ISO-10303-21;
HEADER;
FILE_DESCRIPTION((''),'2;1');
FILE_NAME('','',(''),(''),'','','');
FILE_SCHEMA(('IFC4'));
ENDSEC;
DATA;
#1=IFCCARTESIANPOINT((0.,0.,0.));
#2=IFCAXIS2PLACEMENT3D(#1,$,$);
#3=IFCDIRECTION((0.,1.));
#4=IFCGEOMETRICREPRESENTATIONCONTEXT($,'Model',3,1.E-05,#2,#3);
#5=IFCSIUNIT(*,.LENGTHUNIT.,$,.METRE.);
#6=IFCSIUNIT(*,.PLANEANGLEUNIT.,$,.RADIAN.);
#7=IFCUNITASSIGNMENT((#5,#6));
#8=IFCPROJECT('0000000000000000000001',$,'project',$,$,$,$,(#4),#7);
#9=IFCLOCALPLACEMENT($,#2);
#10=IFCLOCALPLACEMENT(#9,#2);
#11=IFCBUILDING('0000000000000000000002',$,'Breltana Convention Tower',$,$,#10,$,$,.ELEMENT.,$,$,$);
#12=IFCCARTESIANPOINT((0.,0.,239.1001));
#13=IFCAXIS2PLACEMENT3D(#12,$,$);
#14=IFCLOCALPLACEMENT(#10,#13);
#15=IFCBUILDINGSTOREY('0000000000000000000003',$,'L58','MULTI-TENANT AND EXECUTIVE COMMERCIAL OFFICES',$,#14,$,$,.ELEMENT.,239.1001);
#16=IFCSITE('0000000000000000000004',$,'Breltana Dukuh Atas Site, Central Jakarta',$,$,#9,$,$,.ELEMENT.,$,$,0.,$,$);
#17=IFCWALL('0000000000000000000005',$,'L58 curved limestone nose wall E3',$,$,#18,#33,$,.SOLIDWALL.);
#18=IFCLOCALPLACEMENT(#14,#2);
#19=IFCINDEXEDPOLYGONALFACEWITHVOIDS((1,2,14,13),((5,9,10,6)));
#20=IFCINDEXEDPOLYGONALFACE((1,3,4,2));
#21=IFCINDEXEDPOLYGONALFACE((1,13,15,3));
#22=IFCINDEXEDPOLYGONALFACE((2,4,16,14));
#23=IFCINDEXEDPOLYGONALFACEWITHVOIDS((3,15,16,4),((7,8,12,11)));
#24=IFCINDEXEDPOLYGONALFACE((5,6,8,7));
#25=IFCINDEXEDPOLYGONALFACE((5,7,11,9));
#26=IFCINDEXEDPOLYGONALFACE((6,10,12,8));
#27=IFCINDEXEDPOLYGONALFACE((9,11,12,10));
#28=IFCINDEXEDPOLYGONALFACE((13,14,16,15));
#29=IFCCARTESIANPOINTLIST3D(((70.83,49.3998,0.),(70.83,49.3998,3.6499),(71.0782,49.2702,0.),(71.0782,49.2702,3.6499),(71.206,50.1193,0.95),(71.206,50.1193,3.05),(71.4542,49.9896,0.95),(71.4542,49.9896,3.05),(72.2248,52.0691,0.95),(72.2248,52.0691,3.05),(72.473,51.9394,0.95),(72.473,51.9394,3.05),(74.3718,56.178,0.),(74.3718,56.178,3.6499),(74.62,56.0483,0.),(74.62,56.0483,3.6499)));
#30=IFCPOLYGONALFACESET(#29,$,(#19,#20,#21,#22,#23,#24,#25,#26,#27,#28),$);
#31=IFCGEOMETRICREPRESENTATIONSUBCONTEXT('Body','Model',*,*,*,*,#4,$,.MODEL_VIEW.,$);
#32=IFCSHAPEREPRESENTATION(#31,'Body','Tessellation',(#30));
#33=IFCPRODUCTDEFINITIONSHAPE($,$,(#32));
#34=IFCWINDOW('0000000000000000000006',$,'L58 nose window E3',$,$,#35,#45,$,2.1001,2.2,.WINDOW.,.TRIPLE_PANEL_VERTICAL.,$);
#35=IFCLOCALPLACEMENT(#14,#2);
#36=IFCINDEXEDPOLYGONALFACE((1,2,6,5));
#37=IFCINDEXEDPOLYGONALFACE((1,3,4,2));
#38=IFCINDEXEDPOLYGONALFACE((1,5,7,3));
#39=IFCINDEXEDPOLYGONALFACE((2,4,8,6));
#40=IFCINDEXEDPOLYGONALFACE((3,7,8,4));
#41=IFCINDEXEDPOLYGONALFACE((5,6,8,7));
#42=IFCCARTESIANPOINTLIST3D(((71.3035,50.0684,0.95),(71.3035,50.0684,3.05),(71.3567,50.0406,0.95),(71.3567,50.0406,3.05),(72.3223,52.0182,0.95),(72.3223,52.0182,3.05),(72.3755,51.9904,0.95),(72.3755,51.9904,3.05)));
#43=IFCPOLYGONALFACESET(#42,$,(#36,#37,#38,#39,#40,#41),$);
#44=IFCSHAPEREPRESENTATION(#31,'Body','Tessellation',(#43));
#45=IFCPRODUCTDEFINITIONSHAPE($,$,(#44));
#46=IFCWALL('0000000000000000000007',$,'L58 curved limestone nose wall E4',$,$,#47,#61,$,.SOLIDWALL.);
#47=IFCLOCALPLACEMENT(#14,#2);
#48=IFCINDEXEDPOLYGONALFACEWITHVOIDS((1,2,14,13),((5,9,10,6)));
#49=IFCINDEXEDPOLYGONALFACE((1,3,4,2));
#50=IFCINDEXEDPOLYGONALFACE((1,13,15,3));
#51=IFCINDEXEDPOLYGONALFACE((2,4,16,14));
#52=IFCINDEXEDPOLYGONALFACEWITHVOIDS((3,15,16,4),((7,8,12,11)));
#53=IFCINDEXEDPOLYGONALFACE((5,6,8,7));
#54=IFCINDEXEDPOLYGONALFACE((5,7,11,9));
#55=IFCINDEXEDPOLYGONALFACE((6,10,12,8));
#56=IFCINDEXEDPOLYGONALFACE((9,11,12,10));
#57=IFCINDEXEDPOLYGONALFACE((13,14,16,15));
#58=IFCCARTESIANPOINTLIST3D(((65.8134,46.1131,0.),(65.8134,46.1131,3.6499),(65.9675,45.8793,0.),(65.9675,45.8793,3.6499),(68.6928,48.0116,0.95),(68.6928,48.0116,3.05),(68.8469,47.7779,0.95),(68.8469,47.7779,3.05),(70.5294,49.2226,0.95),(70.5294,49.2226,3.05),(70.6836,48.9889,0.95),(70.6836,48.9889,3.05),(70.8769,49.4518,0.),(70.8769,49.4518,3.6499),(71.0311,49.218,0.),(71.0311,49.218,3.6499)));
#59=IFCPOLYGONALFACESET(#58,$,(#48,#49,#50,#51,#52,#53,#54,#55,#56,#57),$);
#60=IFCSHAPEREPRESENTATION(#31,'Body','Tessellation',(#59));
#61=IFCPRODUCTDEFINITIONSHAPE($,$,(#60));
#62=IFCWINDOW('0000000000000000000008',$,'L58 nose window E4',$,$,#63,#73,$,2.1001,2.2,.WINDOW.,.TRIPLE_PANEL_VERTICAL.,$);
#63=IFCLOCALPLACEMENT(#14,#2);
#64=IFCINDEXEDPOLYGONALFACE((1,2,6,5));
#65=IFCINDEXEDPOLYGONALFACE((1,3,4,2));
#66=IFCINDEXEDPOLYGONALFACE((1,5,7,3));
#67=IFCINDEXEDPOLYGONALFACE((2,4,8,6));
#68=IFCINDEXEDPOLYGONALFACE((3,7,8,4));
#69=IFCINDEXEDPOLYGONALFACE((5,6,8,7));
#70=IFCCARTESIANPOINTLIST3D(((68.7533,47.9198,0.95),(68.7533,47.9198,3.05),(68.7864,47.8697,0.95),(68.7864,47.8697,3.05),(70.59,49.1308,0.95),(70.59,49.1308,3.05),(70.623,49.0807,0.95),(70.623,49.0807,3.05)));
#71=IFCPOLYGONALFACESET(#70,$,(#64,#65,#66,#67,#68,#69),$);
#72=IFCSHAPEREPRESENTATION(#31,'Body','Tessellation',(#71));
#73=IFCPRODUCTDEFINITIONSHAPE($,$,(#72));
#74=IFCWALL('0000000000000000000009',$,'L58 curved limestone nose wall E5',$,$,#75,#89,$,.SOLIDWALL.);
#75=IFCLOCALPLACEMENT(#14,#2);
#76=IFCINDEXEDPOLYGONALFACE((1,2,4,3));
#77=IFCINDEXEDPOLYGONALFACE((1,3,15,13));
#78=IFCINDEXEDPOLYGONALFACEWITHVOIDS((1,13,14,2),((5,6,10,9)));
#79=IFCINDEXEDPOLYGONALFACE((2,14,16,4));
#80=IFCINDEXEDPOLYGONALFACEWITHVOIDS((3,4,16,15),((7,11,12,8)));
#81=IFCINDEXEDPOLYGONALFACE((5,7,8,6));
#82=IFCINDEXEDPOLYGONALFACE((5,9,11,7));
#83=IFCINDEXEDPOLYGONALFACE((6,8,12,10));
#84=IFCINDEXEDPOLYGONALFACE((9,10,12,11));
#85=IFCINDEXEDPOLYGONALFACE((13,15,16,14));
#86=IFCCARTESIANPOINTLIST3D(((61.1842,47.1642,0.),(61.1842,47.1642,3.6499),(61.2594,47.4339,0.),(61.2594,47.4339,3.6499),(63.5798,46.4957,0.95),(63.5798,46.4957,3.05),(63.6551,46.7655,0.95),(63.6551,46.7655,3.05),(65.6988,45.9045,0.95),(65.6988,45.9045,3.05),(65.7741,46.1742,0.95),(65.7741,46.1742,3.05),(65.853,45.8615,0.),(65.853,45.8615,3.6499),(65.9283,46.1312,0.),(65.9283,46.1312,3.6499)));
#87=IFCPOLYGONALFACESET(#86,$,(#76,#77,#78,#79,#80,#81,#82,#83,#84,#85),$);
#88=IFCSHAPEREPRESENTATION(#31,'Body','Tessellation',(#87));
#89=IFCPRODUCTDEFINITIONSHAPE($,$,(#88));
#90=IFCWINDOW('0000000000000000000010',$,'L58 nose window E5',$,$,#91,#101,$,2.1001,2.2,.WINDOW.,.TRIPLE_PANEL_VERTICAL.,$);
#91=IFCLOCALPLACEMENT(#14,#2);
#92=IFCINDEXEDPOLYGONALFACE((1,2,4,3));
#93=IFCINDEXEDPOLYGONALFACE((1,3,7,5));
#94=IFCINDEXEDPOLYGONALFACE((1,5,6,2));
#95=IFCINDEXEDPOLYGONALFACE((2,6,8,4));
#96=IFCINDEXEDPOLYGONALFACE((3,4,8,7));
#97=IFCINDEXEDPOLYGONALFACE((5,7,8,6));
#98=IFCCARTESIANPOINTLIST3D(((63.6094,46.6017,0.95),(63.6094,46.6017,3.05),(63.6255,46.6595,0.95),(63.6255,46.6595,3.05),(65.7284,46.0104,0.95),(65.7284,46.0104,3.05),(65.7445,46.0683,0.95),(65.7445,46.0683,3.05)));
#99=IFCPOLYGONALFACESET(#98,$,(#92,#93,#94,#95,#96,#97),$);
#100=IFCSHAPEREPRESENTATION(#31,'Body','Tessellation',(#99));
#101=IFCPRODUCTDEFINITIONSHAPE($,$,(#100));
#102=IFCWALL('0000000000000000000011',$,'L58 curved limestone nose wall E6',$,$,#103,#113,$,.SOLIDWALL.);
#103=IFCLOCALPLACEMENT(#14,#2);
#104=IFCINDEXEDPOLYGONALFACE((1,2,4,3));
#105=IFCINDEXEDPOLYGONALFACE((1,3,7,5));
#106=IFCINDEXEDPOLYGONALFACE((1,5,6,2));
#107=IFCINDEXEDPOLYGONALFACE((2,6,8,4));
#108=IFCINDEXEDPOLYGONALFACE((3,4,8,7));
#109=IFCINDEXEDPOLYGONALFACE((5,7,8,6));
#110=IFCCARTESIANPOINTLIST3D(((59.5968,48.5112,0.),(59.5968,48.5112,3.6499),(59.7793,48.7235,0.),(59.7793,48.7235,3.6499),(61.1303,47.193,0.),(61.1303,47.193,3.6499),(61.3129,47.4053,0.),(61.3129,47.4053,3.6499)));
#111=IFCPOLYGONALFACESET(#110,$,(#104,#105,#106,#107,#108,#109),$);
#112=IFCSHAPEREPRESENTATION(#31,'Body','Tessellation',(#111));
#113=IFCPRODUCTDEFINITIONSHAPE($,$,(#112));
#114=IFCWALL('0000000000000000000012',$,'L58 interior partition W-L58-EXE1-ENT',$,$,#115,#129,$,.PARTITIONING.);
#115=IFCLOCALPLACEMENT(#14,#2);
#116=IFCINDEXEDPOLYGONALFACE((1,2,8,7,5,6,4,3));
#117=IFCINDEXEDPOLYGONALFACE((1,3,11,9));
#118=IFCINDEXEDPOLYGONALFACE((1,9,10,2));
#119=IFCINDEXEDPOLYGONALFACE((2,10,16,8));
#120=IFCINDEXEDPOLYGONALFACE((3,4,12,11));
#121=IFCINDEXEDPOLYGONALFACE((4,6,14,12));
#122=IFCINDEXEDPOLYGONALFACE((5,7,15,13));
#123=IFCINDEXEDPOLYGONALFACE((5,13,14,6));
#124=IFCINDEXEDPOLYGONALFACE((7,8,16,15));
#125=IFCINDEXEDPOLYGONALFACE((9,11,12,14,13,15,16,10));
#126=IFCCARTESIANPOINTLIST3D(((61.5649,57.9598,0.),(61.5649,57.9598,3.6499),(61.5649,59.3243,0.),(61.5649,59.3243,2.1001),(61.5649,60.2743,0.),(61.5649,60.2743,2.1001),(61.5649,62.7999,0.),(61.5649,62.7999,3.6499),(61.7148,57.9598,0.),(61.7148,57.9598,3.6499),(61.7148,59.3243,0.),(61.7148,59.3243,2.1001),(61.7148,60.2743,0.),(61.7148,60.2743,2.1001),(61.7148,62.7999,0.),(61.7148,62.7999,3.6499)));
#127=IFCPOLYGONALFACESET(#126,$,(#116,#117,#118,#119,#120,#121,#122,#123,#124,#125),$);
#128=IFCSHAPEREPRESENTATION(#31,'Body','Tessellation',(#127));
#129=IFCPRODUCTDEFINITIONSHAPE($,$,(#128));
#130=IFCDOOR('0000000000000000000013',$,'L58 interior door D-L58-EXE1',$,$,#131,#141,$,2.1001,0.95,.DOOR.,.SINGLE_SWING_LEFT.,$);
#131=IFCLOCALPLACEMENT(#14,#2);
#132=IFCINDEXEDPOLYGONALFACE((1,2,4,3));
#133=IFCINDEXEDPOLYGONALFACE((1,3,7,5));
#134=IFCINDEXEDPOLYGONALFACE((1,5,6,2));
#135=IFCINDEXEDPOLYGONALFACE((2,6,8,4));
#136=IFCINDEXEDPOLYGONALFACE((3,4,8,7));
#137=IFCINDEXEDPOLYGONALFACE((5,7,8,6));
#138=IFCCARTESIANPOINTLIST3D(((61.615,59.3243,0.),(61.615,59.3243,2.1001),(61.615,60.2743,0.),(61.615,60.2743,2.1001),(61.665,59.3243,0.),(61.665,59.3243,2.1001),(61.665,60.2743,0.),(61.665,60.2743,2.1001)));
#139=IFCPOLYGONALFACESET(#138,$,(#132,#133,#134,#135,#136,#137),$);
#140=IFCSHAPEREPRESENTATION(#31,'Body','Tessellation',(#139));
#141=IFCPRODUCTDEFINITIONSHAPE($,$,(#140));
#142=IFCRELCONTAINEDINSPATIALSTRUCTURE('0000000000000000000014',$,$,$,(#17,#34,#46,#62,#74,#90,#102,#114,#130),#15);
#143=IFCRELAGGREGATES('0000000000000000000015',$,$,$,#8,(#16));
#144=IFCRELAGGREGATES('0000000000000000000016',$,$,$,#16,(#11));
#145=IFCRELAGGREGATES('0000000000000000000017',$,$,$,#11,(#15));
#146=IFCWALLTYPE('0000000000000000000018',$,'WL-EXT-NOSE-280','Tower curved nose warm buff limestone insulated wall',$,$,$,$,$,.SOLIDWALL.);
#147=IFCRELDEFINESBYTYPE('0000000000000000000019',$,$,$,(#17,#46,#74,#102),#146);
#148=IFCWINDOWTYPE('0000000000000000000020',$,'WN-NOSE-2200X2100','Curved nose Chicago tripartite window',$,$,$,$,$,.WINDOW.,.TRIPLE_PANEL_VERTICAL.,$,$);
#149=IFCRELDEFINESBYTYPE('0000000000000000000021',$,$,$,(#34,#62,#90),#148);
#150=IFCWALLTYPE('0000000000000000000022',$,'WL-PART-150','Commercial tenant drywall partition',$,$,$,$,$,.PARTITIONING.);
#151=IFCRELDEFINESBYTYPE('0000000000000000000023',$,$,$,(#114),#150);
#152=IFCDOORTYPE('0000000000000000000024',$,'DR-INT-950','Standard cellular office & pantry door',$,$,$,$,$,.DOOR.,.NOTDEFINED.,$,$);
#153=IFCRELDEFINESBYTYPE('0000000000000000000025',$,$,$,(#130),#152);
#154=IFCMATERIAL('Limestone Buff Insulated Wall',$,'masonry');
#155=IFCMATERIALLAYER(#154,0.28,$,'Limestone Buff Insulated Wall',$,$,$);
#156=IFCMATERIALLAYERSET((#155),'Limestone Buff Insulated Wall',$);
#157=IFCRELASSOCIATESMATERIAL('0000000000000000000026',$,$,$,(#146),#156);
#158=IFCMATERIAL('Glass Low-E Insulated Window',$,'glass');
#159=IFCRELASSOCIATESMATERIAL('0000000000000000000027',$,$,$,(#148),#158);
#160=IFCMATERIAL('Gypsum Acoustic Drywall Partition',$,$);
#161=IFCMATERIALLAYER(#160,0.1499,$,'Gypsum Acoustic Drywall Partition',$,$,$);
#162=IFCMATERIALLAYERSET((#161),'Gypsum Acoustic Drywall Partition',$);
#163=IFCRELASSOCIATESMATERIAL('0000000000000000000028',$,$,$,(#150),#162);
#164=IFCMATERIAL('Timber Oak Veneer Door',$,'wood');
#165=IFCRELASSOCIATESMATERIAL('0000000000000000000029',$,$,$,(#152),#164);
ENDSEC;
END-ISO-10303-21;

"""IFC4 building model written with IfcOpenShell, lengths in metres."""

from ifc_helpers import new_model, si_unit, direction, frame, frame_2d, origin, place, context, subcontext, project, spatial, rectangle, extrude, source, transform, mapped, material, layer, layer_set, type_object, type_shapes, element, fill, save


model = new_model("IFC4")

# Units and contexts
model_context = context("Model", 3, precision=1e-05, world=origin(), true_north=direction((0.0, 1.0)))
body_context = subcontext(model_context, "Body", "Model", "MODEL_VIEW")
ifc_project = project(units=[si_unit("LENGTHUNIT", "METRE"), si_unit("PLANEANGLEUNIT", "RADIAN")], contexts=[model_context])

# Site, building, storey
site_placement = place(None, origin())
site = spatial("IfcSite", under=ifc_project, at=site_placement, Name="Breltana Dukuh Atas Site, Central Jakarta", CompositionType="ELEMENT", RefElevation=0.0)
building_placement = place(site_placement, origin())
building = spatial("IfcBuilding", under=site, at=building_placement, Name="Breltana Convention Tower", CompositionType="ELEMENT")
storey_placement = place(building_placement, frame((0.0, 0.0, 239.1001)))
storey = spatial("IfcBuildingStorey", under=building, at=storey_placement, Name="L58", Description="MULTI-TENANT AND EXECUTIVE COMMERCIAL OFFICES", CompositionType="ELEMENT", Elevation=239.1001)

# Walls, openings, windows
ifc_material_1 = material(Name="Limestone Buff Insulated Wall", Category="masonry")
ifc_layer_1 = layer(ifc_material_1, 0.28, Name="Limestone Buff Insulated Wall")
ifc_layer_set_1 = layer_set([ifc_layer_1], Name="Limestone Buff Insulated Wall")
wall_type_1 = type_object("IfcWallType", Name="WL-EXT-NOSE-280", Description="Tower curved nose warm buff limestone insulated wall", PredefinedType="SOLIDWALL", material=ifc_layer_set_1)
shared_shape_1 = source(origin(), body_context, "Body", "SweptSolid", [
    extrude(rectangle(XDim=7.6477, YDim=0.28, at=frame_2d((3.8237, 0.0))), origin(), (0.0, 0.0, 1.0), 3.6499),
])
wall_1_placement = place(storey_placement, frame((74.4958, 56.113, 0.0), z_axis=(0.0, 0.0, 1.0), x_axis=(-0.463117, -0.886297, 0.0)))
wall_1 = element("IfcWall", 1, at=wall_1_placement, inside=storey, type_object=wall_type_1, Name="L58 curved limestone nose wall E3", PredefinedType="SOLIDWALL", context=body_context, shape_type="MappedRepresentation", body=[
    mapped(shared_shape_1, transform((0.0, 0.0, 0.0), scale=1.0)),
])
opening_1_placement = place(wall_1_placement, frame((4.6357, 0.0, 0.95)))
opening_1 = element("IfcOpeningElement", 2, at=opening_1_placement, cuts=wall_1, PredefinedType="OPENING", context=body_context, shape_type="SweptSolid", body=[
    extrude(rectangle(XDim=2.2, YDim=2.1001, at=frame_2d((1.1001, 1.05))), frame((0.0, 0.1499, 0.0), z_axis=(0.0, -1.0, 0.0), x_axis=(1.0, 0.0, 0.0)), (0.0, 0.0, 1.0), 0.3),
])
ifc_material_2 = material(Name="Glass Low-E Insulated Window", Category="glass")
window_type = type_object("IfcWindowType", Name="WN-NOSE-2200X2100", Description="Curved nose Chicago tripartite window", PartitioningType="TRIPLE_PANEL_VERTICAL", PredefinedType="WINDOW", material=ifc_material_2)
shared_shape_2 = source(origin(), body_context, "Body", "SweptSolid", [
    extrude(rectangle(XDim=2.2, YDim=2.1001, at=frame_2d((1.1001, 1.05))), frame((0.0, 0.03, 0.0), z_axis=(0.0, -1.0, 0.0), x_axis=(1.0, 0.0, 0.0)), (0.0, 0.0, 1.0), 0.0601),
])
type_shapes(window_type, [shared_shape_2])
window_1_placement = place(opening_1_placement, origin())
window_1 = element("IfcWindow", 3, at=window_1_placement, inside=storey, type_object=window_type, Name="L58 nose window E3", OverallHeight=2.1001, OverallWidth=2.2, PartitioningType="TRIPLE_PANEL_VERTICAL", PredefinedType="WINDOW", context=body_context, shape_type="MappedRepresentation", body=[
    mapped(shared_shape_2, transform((0.0, 0.0, 0.0), scale=1.0)),
])
fill(opening_1, window_1)
shared_shape_3 = source(origin(), body_context, "Body", "SweptSolid", [
    extrude(rectangle(XDim=6.0652, YDim=0.28, at=frame_2d((3.0327, 0.0))), origin(), (0.0, 0.0, 1.0), 3.6499),
])
wall_2_placement = place(storey_placement, frame((70.9541, 49.335, 0.0), z_axis=(0.0, 0.0, 1.0), x_axis=(-0.834857, -0.550466, 0.0)))
wall_2 = element("IfcWall", 4, at=wall_2_placement, inside=storey, type_object=wall_type_1, Name="L58 curved limestone nose wall E4", PredefinedType="SOLIDWALL", context=body_context, shape_type="MappedRepresentation", body=[
    mapped(shared_shape_3, transform((0.0, 0.0, 0.0), scale=1.0)),
])
opening_2_placement = place(wall_2_placement, frame((0.4163, 0.0, 0.95)))
opening_2 = element("IfcOpeningElement", 5, at=opening_2_placement, cuts=wall_2, PredefinedType="OPENING", context=body_context, shape_type="SweptSolid", body=[
    extrude(rectangle(XDim=2.2, YDim=2.1001, at=frame_2d((1.1001, 1.05))), frame((0.0, 0.1499, 0.0), z_axis=(0.0, -1.0, 0.0), x_axis=(1.0, 0.0, 0.0)), (0.0, 0.0, 1.0), 0.3),
])
window_2_placement = place(opening_2_placement, origin())
window_2 = element("IfcWindow", 6, at=window_2_placement, inside=storey, type_object=window_type, Name="L58 nose window E4", OverallHeight=2.1001, OverallWidth=2.2, PartitioningType="TRIPLE_PANEL_VERTICAL", PredefinedType="WINDOW", context=body_context, shape_type="MappedRepresentation", body=[
    mapped(shared_shape_2, transform((0.0, 0.0, 0.0), scale=1.0)),
])
fill(opening_2, window_2)
shared_shape_4 = source(origin(), body_context, "Body", "SweptSolid", [
    extrude(rectangle(XDim=4.8472, YDim=0.28, at=frame_2d((2.4236, 0.0))), origin(), (0.0, 0.0, 1.0), 3.6499),
])
wall_3_placement = place(storey_placement, frame((65.8906, 45.9963, 0.0), z_axis=(0.0, 0.0, 1.0), x_axis=(-0.963208, 0.268756, 0.0)))
wall_3 = element("IfcWall", 7, at=wall_3_placement, inside=storey, type_object=wall_type_1, Name="L58 curved limestone nose wall E5", PredefinedType="SOLIDWALL", context=body_context, shape_type="MappedRepresentation", body=[
    mapped(shared_shape_4, transform((0.0, 0.0, 0.0), scale=1.0)),
])
opening_3_placement = place(wall_3_placement, frame((0.1599, 0.0, 0.95)))
opening_3 = element("IfcOpeningElement", 8, at=opening_3_placement, cuts=wall_3, PredefinedType="OPENING", context=body_context, shape_type="SweptSolid", body=[
    extrude(rectangle(XDim=2.2, YDim=2.1001, at=frame_2d((1.1001, 1.05))), frame((0.0, 0.1499, 0.0), z_axis=(0.0, -1.0, 0.0), x_axis=(1.0, 0.0, 0.0)), (0.0, 0.0, 1.0), 0.3),
])
window_3_placement = place(opening_3_placement, origin())
window_3 = element("IfcWindow", 9, at=window_3_placement, inside=storey, type_object=window_type, Name="L58 nose window E5", OverallHeight=2.1001, OverallWidth=2.2, PartitioningType="TRIPLE_PANEL_VERTICAL", PredefinedType="WINDOW", context=body_context, shape_type="MappedRepresentation", body=[
    mapped(shared_shape_2, transform((0.0, 0.0, 0.0), scale=1.0)),
])
fill(opening_3, window_3)

# Wall
shared_shape_5 = source(origin(), body_context, "Body", "SweptSolid", [
    extrude(rectangle(XDim=2.0222, YDim=0.28, at=frame_2d((1.0112, 0.0))), origin(), (0.0, 0.0, 1.0), 3.6499),
])
wall_4_placement = place(storey_placement, frame((61.2217, 47.2991, 0.0), z_axis=(0.0, 0.0, 1.0), x_axis=(-0.758344, 0.651855, 0.0)))
element("IfcWall", 10, at=wall_4_placement, inside=storey, type_object=wall_type_1, Name="L58 curved limestone nose wall E6", PredefinedType="SOLIDWALL", context=body_context, shape_type="MappedRepresentation", body=[
    mapped(shared_shape_5, transform((0.0, 0.0, 0.0), scale=1.0)),
])

# Wall, opening, door
ifc_material_3 = material(Name="Gypsum Acoustic Drywall Partition")
ifc_layer_2 = layer(ifc_material_3, 0.1499, Name="Gypsum Acoustic Drywall Partition")
ifc_layer_set_2 = layer_set([ifc_layer_2], Name="Gypsum Acoustic Drywall Partition")
wall_type_2 = type_object("IfcWallType", Name="WL-PART-150", Description="Commercial tenant drywall partition", PredefinedType="PARTITIONING", material=ifc_layer_set_2)
shared_shape_6 = source(origin(), body_context, "Body", "SweptSolid", [
    extrude(rectangle(XDim=4.8401, YDim=0.1499, at=frame_2d((2.4199, 0.0))), origin(), (0.0, 0.0, 1.0), 3.6499),
])
wall_5_placement = place(storey_placement, frame((61.6399, 57.96, 0.0), z_axis=(0.0, 0.0, 1.0), x_axis=(0.0, 1.0, 0.0)))
wall_5 = element("IfcWall", 11, at=wall_5_placement, inside=storey, type_object=wall_type_2, Name="L58 interior partition W-L58-EXE1-ENT", PredefinedType="PARTITIONING", context=body_context, shape_type="MappedRepresentation", body=[
    mapped(shared_shape_6, transform((0.0, 0.0, 0.0), scale=1.0)),
])
opening_4_placement = place(wall_5_placement, frame((1.3643, 0.0, 0.0)))
opening_4 = element("IfcOpeningElement", 12, at=opening_4_placement, cuts=wall_5, PredefinedType="OPENING", context=body_context, shape_type="SweptSolid", body=[
    extrude(rectangle(XDim=0.95, YDim=2.1001, at=frame_2d((0.4751, 1.05))), frame((0.0, 0.085, 0.0), z_axis=(0.0, -1.0, 0.0), x_axis=(1.0, 0.0, 0.0)), (0.0, 0.0, 1.0), 0.1699),
])
ifc_material_4 = material(Name="Timber Oak Veneer Door", Category="wood")
door_type = type_object("IfcDoorType", Name="DR-INT-950", Description="Standard cellular office & pantry door", OperationType="NOTDEFINED", PredefinedType="DOOR", material=ifc_material_4)
shared_shape_7 = source(origin(), body_context, "Body", "SweptSolid", [
    extrude(rectangle(XDim=0.95, YDim=2.1001, at=frame_2d((0.4751, 1.05))), frame((0.0, 0.0249, 0.0), z_axis=(0.0, -1.0, 0.0), x_axis=(1.0, 0.0, 0.0)), (0.0, 0.0, 1.0), 0.05),
])
type_shapes(door_type, [shared_shape_7])
door_placement = place(opening_4_placement, origin())
door = element("IfcDoor", 13, at=door_placement, inside=storey, type_object=door_type, Name="L58 interior door D-L58-EXE1", OperationType="SINGLE_SWING_LEFT", OverallHeight=2.1001, OverallWidth=0.95, PredefinedType="DOOR", context=body_context, shape_type="MappedRepresentation", body=[
    mapped(shared_shape_7, transform((0.0, 0.0, 0.0), scale=1.0)),
])
fill(opening_4, door)

save(model, "model.ifc")
